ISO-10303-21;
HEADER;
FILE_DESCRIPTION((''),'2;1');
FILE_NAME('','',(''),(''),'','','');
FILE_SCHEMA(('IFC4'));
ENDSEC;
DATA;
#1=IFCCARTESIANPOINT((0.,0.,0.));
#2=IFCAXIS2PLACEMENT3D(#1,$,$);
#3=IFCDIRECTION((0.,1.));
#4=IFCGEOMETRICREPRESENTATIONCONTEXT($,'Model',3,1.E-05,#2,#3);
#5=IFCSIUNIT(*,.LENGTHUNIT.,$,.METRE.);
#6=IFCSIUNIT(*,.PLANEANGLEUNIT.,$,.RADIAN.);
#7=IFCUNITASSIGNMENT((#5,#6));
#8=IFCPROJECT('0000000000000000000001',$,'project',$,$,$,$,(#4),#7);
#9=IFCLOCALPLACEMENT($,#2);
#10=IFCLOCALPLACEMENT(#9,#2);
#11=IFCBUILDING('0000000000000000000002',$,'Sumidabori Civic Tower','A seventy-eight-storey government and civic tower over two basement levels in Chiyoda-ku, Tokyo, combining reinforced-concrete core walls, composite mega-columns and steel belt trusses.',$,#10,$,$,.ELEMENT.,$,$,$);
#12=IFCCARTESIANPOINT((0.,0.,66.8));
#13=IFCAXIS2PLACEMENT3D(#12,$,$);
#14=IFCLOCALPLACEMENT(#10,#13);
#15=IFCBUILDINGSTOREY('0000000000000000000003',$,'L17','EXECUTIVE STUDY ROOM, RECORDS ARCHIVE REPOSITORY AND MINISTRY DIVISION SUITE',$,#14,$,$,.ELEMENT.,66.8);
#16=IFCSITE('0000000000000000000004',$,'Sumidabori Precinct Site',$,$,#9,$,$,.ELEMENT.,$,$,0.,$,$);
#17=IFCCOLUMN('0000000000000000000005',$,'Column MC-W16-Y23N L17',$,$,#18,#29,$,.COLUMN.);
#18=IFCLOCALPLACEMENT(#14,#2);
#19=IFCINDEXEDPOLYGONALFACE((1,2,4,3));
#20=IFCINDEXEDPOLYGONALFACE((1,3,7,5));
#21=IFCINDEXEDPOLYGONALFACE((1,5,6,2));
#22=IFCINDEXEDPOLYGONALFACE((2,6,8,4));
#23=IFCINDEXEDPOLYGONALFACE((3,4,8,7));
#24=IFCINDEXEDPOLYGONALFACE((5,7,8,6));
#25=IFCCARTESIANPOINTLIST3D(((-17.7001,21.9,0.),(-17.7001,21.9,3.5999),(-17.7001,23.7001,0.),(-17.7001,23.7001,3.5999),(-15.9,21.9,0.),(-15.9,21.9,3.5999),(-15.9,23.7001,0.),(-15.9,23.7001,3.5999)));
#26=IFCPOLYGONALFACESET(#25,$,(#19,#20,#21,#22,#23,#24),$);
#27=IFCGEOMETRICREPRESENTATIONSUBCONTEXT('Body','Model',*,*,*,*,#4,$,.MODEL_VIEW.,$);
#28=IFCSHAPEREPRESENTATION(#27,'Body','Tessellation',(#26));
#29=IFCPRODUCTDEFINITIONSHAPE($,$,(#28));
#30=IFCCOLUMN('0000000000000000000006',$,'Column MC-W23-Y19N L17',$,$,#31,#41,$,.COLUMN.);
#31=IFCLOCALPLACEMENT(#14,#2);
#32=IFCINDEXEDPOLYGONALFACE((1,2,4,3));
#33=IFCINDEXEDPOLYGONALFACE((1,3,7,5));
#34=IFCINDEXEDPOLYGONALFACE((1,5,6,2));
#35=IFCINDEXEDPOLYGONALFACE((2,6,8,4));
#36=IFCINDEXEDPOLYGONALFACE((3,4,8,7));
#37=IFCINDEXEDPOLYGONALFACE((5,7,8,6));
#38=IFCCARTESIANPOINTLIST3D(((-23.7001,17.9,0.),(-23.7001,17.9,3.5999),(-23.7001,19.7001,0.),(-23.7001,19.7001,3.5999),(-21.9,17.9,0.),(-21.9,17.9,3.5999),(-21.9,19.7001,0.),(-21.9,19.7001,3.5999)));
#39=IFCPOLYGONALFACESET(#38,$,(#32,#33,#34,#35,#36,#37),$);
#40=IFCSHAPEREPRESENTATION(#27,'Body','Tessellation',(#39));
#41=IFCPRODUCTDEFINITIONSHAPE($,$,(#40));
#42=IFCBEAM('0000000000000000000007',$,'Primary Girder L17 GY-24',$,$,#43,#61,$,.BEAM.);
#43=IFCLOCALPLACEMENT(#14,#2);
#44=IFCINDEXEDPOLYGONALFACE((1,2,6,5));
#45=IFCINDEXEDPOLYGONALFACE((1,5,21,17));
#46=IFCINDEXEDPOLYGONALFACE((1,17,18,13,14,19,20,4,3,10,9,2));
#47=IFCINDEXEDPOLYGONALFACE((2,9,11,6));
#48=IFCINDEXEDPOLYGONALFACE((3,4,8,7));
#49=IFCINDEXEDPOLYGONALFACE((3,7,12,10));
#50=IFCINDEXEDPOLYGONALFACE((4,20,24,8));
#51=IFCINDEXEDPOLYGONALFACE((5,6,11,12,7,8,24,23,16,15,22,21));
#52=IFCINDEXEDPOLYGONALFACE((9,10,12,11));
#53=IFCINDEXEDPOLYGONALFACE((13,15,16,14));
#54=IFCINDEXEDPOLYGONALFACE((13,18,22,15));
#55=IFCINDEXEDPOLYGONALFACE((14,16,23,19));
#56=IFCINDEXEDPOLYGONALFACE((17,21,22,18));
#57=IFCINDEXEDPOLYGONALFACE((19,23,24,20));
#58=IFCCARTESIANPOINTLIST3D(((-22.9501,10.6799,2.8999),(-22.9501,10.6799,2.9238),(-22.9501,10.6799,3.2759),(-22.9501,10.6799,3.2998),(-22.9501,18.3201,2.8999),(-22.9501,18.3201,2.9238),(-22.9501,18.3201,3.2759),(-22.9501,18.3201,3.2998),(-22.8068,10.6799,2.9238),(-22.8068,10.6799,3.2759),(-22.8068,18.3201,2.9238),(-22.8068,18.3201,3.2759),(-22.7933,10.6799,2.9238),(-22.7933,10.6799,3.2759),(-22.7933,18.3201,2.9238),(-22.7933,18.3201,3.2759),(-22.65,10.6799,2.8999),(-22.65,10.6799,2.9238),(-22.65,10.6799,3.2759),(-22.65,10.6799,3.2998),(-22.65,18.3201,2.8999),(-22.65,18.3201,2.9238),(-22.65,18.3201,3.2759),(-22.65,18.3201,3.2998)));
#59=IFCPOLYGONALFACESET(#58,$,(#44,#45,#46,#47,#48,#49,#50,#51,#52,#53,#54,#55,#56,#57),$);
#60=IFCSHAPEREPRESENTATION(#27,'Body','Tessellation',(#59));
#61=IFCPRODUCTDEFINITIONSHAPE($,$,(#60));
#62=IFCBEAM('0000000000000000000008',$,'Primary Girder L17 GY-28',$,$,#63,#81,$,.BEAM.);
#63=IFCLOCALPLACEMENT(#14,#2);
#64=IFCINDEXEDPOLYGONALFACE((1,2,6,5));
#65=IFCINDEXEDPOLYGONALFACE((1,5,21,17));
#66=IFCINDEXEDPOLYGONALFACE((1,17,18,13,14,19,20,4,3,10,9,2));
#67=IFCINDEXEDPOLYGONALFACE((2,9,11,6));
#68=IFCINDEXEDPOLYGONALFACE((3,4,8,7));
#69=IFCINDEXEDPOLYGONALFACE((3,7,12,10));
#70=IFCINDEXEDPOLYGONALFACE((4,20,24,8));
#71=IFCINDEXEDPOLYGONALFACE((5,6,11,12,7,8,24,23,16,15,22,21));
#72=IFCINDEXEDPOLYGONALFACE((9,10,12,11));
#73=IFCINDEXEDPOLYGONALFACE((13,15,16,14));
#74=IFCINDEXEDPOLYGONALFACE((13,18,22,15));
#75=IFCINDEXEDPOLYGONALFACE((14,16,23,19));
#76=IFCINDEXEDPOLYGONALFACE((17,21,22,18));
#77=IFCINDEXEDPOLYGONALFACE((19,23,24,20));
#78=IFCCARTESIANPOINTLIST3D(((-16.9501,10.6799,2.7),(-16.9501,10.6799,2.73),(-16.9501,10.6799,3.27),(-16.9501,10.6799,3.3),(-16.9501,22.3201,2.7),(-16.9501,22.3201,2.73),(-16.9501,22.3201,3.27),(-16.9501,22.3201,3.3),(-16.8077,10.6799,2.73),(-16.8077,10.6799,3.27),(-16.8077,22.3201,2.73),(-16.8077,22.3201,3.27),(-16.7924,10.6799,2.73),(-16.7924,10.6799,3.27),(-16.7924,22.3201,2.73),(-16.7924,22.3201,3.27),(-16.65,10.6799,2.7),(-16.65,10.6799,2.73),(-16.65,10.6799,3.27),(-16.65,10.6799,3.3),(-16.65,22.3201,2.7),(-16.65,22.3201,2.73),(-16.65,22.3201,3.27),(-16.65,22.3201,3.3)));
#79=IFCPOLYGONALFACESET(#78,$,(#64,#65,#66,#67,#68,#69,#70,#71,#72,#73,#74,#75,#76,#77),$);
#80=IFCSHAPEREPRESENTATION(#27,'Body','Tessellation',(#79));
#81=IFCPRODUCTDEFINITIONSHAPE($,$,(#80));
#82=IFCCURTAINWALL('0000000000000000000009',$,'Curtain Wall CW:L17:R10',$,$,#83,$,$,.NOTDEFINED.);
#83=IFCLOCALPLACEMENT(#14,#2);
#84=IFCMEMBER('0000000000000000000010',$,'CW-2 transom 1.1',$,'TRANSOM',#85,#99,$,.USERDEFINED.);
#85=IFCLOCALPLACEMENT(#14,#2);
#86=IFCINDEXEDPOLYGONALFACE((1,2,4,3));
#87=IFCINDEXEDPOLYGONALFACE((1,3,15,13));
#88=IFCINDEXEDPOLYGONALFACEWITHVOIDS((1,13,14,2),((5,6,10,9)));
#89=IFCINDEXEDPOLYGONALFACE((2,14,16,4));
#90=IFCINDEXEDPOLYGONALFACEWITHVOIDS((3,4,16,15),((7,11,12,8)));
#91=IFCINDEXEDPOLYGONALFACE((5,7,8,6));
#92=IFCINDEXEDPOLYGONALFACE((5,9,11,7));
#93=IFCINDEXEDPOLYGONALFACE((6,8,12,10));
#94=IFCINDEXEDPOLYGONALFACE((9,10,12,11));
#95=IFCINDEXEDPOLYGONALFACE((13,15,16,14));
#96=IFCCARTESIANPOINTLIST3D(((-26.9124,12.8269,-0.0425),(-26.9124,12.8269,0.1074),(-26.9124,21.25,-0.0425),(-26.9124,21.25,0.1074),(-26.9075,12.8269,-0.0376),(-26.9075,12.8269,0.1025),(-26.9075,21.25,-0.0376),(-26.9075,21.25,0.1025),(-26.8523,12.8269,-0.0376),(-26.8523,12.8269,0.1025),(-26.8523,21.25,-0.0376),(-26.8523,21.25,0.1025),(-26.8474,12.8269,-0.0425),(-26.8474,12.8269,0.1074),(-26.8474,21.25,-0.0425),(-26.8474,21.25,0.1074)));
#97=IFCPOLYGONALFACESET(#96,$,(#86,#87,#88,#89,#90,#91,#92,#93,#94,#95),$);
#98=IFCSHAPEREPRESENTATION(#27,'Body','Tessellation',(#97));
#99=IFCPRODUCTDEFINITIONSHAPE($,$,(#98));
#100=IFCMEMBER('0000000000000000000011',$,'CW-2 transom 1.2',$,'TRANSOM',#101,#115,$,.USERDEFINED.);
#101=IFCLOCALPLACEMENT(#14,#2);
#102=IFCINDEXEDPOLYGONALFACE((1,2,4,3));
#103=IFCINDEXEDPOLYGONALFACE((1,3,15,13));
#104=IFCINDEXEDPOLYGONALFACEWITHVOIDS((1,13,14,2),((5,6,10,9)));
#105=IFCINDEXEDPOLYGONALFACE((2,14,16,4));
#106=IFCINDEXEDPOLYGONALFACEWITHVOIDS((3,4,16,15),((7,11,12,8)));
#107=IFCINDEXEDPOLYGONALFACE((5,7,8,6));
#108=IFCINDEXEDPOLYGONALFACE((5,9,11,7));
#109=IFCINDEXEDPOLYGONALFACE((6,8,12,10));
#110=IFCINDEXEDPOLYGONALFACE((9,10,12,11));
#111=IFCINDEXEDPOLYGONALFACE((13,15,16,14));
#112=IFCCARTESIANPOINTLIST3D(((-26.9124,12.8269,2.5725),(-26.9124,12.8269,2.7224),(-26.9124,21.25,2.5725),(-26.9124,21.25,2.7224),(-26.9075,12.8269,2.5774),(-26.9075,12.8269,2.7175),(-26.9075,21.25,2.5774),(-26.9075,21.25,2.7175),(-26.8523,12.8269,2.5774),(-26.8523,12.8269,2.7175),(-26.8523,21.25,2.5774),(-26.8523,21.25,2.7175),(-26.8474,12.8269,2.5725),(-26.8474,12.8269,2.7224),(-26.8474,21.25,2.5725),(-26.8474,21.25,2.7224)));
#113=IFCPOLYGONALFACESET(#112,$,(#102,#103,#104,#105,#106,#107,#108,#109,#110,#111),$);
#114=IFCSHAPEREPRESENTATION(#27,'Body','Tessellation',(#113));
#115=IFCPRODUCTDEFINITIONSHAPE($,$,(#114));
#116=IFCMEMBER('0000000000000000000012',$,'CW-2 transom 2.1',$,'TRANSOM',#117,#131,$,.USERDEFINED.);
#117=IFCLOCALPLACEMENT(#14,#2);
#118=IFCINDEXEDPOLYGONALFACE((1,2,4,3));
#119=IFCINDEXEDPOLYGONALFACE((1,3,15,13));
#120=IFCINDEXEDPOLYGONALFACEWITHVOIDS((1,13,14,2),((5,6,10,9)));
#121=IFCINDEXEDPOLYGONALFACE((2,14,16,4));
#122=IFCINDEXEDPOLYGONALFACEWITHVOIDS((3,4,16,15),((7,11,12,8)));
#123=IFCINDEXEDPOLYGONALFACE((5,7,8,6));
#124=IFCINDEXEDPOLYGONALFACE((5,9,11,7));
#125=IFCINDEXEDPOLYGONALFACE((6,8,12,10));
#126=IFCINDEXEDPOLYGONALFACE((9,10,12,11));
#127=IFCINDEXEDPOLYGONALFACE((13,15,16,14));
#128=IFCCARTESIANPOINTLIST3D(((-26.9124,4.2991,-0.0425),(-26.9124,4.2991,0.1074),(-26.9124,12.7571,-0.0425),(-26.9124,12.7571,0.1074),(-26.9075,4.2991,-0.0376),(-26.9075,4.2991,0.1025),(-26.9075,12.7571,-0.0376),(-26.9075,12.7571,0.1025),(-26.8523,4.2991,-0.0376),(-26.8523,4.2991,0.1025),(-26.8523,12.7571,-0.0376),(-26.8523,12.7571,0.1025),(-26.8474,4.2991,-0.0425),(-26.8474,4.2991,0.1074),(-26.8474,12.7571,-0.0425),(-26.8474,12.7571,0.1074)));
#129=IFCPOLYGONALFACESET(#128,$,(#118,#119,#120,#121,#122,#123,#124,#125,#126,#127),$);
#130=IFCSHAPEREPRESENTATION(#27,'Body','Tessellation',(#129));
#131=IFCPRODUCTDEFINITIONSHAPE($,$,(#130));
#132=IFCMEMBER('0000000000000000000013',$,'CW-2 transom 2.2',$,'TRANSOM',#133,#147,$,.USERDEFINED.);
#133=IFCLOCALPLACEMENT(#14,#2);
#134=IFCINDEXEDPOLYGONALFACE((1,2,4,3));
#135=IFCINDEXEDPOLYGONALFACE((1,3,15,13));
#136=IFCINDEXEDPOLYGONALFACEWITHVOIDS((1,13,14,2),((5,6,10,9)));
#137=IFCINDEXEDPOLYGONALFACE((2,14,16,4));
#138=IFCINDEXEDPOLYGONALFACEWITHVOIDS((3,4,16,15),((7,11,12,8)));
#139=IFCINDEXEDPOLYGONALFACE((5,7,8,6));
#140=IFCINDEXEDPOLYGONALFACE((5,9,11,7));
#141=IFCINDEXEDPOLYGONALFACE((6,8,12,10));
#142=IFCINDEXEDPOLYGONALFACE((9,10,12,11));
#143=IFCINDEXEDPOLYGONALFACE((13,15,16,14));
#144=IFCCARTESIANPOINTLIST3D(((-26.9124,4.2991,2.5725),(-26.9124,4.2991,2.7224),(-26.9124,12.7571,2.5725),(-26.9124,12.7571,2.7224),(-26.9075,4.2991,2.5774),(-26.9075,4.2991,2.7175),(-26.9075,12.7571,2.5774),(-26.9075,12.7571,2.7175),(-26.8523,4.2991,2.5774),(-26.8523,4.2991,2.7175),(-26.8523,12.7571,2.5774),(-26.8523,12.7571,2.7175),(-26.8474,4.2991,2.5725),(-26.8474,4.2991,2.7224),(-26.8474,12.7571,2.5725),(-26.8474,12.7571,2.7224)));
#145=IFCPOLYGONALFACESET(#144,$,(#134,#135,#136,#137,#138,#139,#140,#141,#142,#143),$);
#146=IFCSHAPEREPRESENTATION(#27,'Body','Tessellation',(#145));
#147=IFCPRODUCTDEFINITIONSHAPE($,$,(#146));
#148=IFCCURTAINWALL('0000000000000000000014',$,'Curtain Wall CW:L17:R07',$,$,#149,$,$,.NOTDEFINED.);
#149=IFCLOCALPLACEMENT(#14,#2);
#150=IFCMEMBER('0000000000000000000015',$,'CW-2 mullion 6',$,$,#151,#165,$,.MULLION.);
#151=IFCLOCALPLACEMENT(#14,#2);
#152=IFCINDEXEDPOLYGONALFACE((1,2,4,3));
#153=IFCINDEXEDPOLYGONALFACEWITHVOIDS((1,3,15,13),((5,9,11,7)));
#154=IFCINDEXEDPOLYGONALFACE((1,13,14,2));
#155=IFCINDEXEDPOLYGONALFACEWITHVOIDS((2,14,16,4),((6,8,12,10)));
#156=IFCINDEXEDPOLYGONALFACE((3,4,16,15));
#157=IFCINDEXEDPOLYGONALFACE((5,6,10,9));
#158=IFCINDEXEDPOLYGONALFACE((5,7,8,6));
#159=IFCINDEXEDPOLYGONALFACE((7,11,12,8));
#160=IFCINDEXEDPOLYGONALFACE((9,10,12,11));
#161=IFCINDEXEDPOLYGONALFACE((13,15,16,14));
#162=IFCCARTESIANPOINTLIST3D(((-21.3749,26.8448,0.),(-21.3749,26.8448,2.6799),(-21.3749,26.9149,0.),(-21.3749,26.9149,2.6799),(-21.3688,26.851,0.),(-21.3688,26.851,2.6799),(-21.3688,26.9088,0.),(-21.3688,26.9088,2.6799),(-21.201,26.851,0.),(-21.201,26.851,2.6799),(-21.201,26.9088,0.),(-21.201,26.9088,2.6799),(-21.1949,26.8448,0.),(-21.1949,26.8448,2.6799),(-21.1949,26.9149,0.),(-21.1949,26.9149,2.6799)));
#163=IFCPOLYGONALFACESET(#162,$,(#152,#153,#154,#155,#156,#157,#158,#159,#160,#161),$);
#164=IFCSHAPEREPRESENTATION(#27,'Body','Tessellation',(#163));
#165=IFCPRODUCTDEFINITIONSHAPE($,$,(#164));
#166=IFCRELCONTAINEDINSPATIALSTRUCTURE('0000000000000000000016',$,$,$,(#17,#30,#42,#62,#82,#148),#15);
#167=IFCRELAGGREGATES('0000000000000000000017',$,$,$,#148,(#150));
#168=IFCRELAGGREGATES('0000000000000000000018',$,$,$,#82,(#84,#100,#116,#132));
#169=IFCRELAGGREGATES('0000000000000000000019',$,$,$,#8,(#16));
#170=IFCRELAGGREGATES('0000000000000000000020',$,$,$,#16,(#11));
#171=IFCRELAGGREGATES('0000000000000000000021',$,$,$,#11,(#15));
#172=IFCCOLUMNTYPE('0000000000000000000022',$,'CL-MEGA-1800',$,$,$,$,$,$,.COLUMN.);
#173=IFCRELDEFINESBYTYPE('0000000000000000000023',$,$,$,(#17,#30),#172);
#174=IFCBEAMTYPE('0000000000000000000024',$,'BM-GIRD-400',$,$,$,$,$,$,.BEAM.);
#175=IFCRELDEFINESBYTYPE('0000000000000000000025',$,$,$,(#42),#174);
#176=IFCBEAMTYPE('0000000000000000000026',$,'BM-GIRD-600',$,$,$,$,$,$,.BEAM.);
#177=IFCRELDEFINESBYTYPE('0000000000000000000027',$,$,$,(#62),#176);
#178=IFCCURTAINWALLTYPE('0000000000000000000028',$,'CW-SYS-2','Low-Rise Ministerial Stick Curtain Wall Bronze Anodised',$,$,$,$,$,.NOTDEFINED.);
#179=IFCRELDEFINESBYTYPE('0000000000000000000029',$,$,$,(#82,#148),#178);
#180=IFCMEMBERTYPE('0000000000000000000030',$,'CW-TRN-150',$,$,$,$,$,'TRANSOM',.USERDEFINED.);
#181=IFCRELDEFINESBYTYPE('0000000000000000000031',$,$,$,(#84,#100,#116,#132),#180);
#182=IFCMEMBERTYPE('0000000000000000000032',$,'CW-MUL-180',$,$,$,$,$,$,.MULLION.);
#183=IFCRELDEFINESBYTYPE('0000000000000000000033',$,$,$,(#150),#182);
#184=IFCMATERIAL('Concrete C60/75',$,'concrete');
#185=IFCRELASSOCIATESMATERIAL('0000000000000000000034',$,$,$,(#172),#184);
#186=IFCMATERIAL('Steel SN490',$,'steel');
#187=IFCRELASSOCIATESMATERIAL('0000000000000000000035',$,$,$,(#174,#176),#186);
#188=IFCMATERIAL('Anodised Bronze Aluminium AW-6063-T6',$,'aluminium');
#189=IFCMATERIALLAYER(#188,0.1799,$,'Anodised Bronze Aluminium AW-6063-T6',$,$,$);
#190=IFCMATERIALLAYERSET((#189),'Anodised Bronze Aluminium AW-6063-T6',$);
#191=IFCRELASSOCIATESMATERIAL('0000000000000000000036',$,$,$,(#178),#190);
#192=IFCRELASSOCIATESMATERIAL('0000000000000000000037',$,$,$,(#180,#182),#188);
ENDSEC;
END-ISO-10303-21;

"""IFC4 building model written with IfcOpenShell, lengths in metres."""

from ifc_helpers import new_model, si_unit, direction, frame, origin, origin_2d, place, context, subcontext, project, spatial, rectangle, hollow_rectangle, i_section, extrude, source, transform, mapped, material, layer, layer_set, material_profile, profile_set, type_object, element, aggregate, save


model = new_model("IFC4")

# Units and contexts
model_context = context("Model", 3, precision=1e-05, world=origin(), true_north=direction((0.0, 1.0)))
body_context = subcontext(model_context, "Body", "Model", "MODEL_VIEW")
ifc_project = project(units=[si_unit("LENGTHUNIT", "METRE"), si_unit("PLANEANGLEUNIT", "RADIAN")], contexts=[model_context])

# Site, building, storey
site_placement = place(None, origin())
site = spatial("IfcSite", under=ifc_project, at=site_placement, Name="Sumidabori Precinct Site", CompositionType="ELEMENT", RefElevation=0.0)
building_placement = place(site_placement, origin())
building = spatial("IfcBuilding", under=site, at=building_placement, Name="Sumidabori Civic Tower", Description="A seventy-eight-storey government and civic tower over two basement levels in Chiyoda-ku, Tokyo, combining reinforced-concrete core walls, composite mega-columns and steel belt trusses.", CompositionType="ELEMENT")
storey_placement = place(building_placement, frame((0.0, 0.0, 66.8)))
storey = spatial("IfcBuildingStorey", under=building, at=storey_placement, Name="L17", Description="EXECUTIVE STUDY ROOM, RECORDS ARCHIVE REPOSITORY AND MINISTRY DIVISION SUITE", CompositionType="ELEMENT", Elevation=66.8)

# Columns
ifc_material_1 = material(Name="Concrete C60/75", Category="concrete")
ifc_material_profile_1 = material_profile(ifc_material_1, rectangle(XDim=1.8, YDim=1.8, at=origin_2d()), Name="RC 1800x1800")
ifc_profile_set_1 = profile_set([ifc_material_profile_1], Name="Concrete C60/75")
column_type = type_object("IfcColumnType", Name="CL-MEGA-1800", PredefinedType="COLUMN", material=ifc_profile_set_1)
shared_shape_1 = source(origin(), body_context, "Body", "SweptSolid", [
    extrude(rectangle(XDim=1.8, YDim=1.8, at=origin_2d()), origin(), (0.0, 0.0, 1.0), 3.5999),
])
for number, where, z_axis, x_axis, name in (
    (1, (-16.8, 22.8, 0.0), (0.0, 0.0, 1.0), (1.0, 0.0, 0.0), "Column MC-W16-Y23N L17"),
    (2, (-22.8, 18.8, 0.0), (0.0, 0.0, 1.0), (1.0, 0.0, 0.0), "Column MC-W23-Y19N L17"),
):
    element("IfcColumn", number, at=place(storey_placement, frame(where, z_axis=z_axis, x_axis=x_axis)), inside=storey, type_object=column_type, Name=name, PredefinedType="COLUMN", context=body_context, shape_type="MappedRepresentation", body=[
        mapped(shared_shape_1, transform((0.0, 0.0, 0.0), x_axis=(1.0, 0.0, 0.0), y_axis=(0.0, 1.0, 0.0), z_axis=(0.0, 0.0, 1.0), scale=1.0)),
    ])

# Beams
ifc_material_2 = material(Name="Steel SN490", Category="steel")
ifc_material_profile_2 = material_profile(ifc_material_2, i_section(OverallWidth=0.3, OverallDepth=0.3999, WebThickness=0.0134, FlangeThickness=0.0239, at=origin_2d()), Name="HE 400 B")
ifc_profile_set_2 = profile_set([ifc_material_profile_2], Name="Steel SN490")
beam_type_1 = type_object("IfcBeamType", Name="BM-GIRD-400", PredefinedType="BEAM", material=ifc_profile_set_2)
shared_shape_2 = source(origin(), body_context, "Body", "SweptSolid", [
    extrude(i_section(OverallWidth=0.3, OverallDepth=0.3999, WebThickness=0.0134, FlangeThickness=0.0239, at=origin_2d()), origin(), (0.0, 0.0, 1.0), 7.6401),
])
beam_1_placement = place(storey_placement, frame((-22.8, 10.6799, 3.0999), z_axis=(0.0, 1.0, 0.0), x_axis=(-1.0, 0.0, 0.0)))
element("IfcBeam", 3, at=beam_1_placement, inside=storey, type_object=beam_type_1, Name="Primary Girder L17 GY-24", PredefinedType="BEAM", context=body_context, shape_type="MappedRepresentation", body=[
    mapped(shared_shape_2, transform((0.0, 0.0, 0.0), x_axis=(1.0, 0.0, 0.0), y_axis=(0.0, 1.0, 0.0), z_axis=(0.0, 0.0, 1.0), scale=1.0)),
])
ifc_material_profile_3 = material_profile(ifc_material_2, i_section(OverallWidth=0.3, OverallDepth=0.6001, WebThickness=0.0154, FlangeThickness=0.03, at=origin_2d()), Name="HE 600 B")
ifc_profile_set_3 = profile_set([ifc_material_profile_3], Name="Steel SN490")
beam_type_2 = type_object("IfcBeamType", Name="BM-GIRD-600", PredefinedType="BEAM", material=ifc_profile_set_3)
shared_shape_3 = source(origin(), body_context, "Body", "SweptSolid", [
    extrude(i_section(OverallWidth=0.3, OverallDepth=0.6001, WebThickness=0.0154, FlangeThickness=0.03, at=origin_2d()), origin(), (0.0, 0.0, 1.0), 11.6401),
])
beam_2_placement = place(storey_placement, frame((-16.8, 10.6799, 3.0), z_axis=(0.0, 1.0, 0.0), x_axis=(-1.0, 0.0, 0.0)))
element("IfcBeam", 4, at=beam_2_placement, inside=storey, type_object=beam_type_2, Name="Primary Girder L17 GY-28", PredefinedType="BEAM", context=body_context, shape_type="MappedRepresentation", body=[
    mapped(shared_shape_3, transform((0.0, 0.0, 0.0), x_axis=(1.0, 0.0, 0.0), y_axis=(0.0, 1.0, 0.0), z_axis=(0.0, 0.0, 1.0), scale=1.0)),
])

# Curtain wall, members
ifc_material_3 = material(Name="Anodised Bronze Aluminium AW-6063-T6", Category="aluminium")
ifc_layer_1 = layer(ifc_material_3, 0.1799, Name="Anodised Bronze Aluminium AW-6063-T6")
ifc_layer_set_1 = layer_set([ifc_layer_1], Name="Anodised Bronze Aluminium AW-6063-T6")
curtain_wall_type = type_object("IfcCurtainWallType", Name="CW-SYS-2", Description="Low-Rise Ministerial Stick Curtain Wall Bronze Anodised", PredefinedType="NOTDEFINED", material=ifc_layer_set_1)
curtain_wall_1_placement = place(storey_placement, origin())
curtain_wall_1 = element("IfcCurtainWall", 5, at=curtain_wall_1_placement, inside=storey, type_object=curtain_wall_type, Name="Curtain Wall CW:L17:R10", PredefinedType="NOTDEFINED")
ifc_material_profile_4 = material_profile(ifc_material_3, hollow_rectangle(XDim=0.0649, YDim=0.1499, WallThickness=0.0049, at=origin_2d()), Name="ALU TRANSOM 150x65")
ifc_profile_set_4 = profile_set([ifc_material_profile_4], Name="Anodised Bronze Aluminium AW-6063-T6")
member_type_1 = type_object("IfcMemberType", Name="CW-TRN-150", ElementType="TRANSOM", PredefinedType="USERDEFINED", material=ifc_profile_set_4)
shared_shape_4 = source(origin(), body_context, "Body", "SweptSolid", [
    extrude(hollow_rectangle(XDim=0.0649, YDim=0.1499, WallThickness=0.0049, at=origin_2d()), origin(), (0.0, 0.0, 1.0), 8.4231),
])
member_1_placement = place(storey_placement, frame((-26.8799, 21.25, 0.0325), z_axis=(0.0, -1.0, 0.0), x_axis=(1.0, 0.0, 0.0)))
member_1 = element("IfcMember", 6, at=member_1_placement, type_object=member_type_1, Name="CW-2 transom 1.1", ObjectType="TRANSOM", PredefinedType="USERDEFINED", context=body_context, shape_type="MappedRepresentation", body=[
    mapped(shared_shape_4, transform((0.0, 0.0, 0.0), x_axis=(1.0, 0.0, 0.0), y_axis=(0.0, 1.0, 0.0), z_axis=(0.0, 0.0, 1.0), scale=1.0)),
])
member_2_placement = place(storey_placement, frame((-26.8799, 21.25, 2.6475), z_axis=(0.0, -1.0, 0.0), x_axis=(1.0, 0.0, 0.0)))
member_2 = element("IfcMember", 7, at=member_2_placement, type_object=member_type_1, Name="CW-2 transom 1.2", ObjectType="TRANSOM", PredefinedType="USERDEFINED", context=body_context, shape_type="MappedRepresentation", body=[
    mapped(shared_shape_4, transform((0.0, 0.0, 0.0), x_axis=(1.0, 0.0, 0.0), y_axis=(0.0, 1.0, 0.0), z_axis=(0.0, 0.0, 1.0), scale=1.0)),
])
shared_shape_5 = source(origin(), body_context, "Body", "SweptSolid", [
    extrude(hollow_rectangle(XDim=0.0649, YDim=0.1499, WallThickness=0.0049, at=origin_2d()), origin(), (0.0, 0.0, 1.0), 8.458),
])
member_3_placement = place(storey_placement, frame((-26.8799, 12.7571, 0.0325), z_axis=(0.0, -1.0, 0.0), x_axis=(1.0, 0.0, 0.0)))
member_3 = element("IfcMember", 8, at=member_3_placement, type_object=member_type_1, Name="CW-2 transom 2.1", ObjectType="TRANSOM", PredefinedType="USERDEFINED", context=body_context, shape_type="MappedRepresentation", body=[
    mapped(shared_shape_5, transform((0.0, 0.0, 0.0), x_axis=(1.0, 0.0, 0.0), y_axis=(0.0, 1.0, 0.0), z_axis=(0.0, 0.0, 1.0), scale=1.0)),
])
member_4_placement = place(storey_placement, frame((-26.8799, 12.7571, 2.6475), z_axis=(0.0, -1.0, 0.0), x_axis=(1.0, 0.0, 0.0)))
member_4 = element("IfcMember", 9, at=member_4_placement, type_object=member_type_1, Name="CW-2 transom 2.2", ObjectType="TRANSOM", PredefinedType="USERDEFINED", context=body_context, shape_type="MappedRepresentation", body=[
    mapped(shared_shape_5, transform((0.0, 0.0, 0.0), x_axis=(1.0, 0.0, 0.0), y_axis=(0.0, 1.0, 0.0), z_axis=(0.0, 0.0, 1.0), scale=1.0)),
])

# Curtain wall, member
curtain_wall_2_placement = place(storey_placement, origin())
curtain_wall_2 = element("IfcCurtainWall", 10, at=curtain_wall_2_placement, inside=storey, type_object=curtain_wall_type, Name="Curtain Wall CW:L17:R07", PredefinedType="NOTDEFINED")
ifc_material_profile_5 = material_profile(ifc_material_3, hollow_rectangle(XDim=0.0701, YDim=0.1799, WallThickness=0.0061, at=origin_2d()), Name="ALU MULLION 180x70")
ifc_profile_set_5 = profile_set([ifc_material_profile_5], Name="Anodised Bronze Aluminium AW-6063-T6")
member_type_2 = type_object("IfcMemberType", Name="CW-MUL-180", PredefinedType="MULLION", material=ifc_profile_set_5)
shared_shape_6 = source(origin(), body_context, "Body", "SweptSolid", [
    extrude(hollow_rectangle(XDim=0.0701, YDim=0.1799, WallThickness=0.0061, at=origin_2d()), origin(), (0.0, 0.0, 1.0), 2.6799),
])
member_5_placement = place(storey_placement, frame((-21.2849, 26.8799, 0.0), z_axis=(0.0, 0.0, 1.0), x_axis=(0.0, -1.0, 0.0)))
member_5 = element("IfcMember", 11, at=member_5_placement, type_object=member_type_2, Name="CW-2 mullion 6", PredefinedType="MULLION", context=body_context, shape_type="MappedRepresentation", body=[
    mapped(shared_shape_6, transform((0.0, 0.0, 0.0), x_axis=(1.0, 0.0, 0.0), y_axis=(0.0, 1.0, 0.0), z_axis=(0.0, 0.0, 1.0), scale=1.0)),
])

aggregate(curtain_wall_2, [member_5])
aggregate(curtain_wall_1, [member_1, member_2, member_3, member_4])

save(model, "model.ifc")
